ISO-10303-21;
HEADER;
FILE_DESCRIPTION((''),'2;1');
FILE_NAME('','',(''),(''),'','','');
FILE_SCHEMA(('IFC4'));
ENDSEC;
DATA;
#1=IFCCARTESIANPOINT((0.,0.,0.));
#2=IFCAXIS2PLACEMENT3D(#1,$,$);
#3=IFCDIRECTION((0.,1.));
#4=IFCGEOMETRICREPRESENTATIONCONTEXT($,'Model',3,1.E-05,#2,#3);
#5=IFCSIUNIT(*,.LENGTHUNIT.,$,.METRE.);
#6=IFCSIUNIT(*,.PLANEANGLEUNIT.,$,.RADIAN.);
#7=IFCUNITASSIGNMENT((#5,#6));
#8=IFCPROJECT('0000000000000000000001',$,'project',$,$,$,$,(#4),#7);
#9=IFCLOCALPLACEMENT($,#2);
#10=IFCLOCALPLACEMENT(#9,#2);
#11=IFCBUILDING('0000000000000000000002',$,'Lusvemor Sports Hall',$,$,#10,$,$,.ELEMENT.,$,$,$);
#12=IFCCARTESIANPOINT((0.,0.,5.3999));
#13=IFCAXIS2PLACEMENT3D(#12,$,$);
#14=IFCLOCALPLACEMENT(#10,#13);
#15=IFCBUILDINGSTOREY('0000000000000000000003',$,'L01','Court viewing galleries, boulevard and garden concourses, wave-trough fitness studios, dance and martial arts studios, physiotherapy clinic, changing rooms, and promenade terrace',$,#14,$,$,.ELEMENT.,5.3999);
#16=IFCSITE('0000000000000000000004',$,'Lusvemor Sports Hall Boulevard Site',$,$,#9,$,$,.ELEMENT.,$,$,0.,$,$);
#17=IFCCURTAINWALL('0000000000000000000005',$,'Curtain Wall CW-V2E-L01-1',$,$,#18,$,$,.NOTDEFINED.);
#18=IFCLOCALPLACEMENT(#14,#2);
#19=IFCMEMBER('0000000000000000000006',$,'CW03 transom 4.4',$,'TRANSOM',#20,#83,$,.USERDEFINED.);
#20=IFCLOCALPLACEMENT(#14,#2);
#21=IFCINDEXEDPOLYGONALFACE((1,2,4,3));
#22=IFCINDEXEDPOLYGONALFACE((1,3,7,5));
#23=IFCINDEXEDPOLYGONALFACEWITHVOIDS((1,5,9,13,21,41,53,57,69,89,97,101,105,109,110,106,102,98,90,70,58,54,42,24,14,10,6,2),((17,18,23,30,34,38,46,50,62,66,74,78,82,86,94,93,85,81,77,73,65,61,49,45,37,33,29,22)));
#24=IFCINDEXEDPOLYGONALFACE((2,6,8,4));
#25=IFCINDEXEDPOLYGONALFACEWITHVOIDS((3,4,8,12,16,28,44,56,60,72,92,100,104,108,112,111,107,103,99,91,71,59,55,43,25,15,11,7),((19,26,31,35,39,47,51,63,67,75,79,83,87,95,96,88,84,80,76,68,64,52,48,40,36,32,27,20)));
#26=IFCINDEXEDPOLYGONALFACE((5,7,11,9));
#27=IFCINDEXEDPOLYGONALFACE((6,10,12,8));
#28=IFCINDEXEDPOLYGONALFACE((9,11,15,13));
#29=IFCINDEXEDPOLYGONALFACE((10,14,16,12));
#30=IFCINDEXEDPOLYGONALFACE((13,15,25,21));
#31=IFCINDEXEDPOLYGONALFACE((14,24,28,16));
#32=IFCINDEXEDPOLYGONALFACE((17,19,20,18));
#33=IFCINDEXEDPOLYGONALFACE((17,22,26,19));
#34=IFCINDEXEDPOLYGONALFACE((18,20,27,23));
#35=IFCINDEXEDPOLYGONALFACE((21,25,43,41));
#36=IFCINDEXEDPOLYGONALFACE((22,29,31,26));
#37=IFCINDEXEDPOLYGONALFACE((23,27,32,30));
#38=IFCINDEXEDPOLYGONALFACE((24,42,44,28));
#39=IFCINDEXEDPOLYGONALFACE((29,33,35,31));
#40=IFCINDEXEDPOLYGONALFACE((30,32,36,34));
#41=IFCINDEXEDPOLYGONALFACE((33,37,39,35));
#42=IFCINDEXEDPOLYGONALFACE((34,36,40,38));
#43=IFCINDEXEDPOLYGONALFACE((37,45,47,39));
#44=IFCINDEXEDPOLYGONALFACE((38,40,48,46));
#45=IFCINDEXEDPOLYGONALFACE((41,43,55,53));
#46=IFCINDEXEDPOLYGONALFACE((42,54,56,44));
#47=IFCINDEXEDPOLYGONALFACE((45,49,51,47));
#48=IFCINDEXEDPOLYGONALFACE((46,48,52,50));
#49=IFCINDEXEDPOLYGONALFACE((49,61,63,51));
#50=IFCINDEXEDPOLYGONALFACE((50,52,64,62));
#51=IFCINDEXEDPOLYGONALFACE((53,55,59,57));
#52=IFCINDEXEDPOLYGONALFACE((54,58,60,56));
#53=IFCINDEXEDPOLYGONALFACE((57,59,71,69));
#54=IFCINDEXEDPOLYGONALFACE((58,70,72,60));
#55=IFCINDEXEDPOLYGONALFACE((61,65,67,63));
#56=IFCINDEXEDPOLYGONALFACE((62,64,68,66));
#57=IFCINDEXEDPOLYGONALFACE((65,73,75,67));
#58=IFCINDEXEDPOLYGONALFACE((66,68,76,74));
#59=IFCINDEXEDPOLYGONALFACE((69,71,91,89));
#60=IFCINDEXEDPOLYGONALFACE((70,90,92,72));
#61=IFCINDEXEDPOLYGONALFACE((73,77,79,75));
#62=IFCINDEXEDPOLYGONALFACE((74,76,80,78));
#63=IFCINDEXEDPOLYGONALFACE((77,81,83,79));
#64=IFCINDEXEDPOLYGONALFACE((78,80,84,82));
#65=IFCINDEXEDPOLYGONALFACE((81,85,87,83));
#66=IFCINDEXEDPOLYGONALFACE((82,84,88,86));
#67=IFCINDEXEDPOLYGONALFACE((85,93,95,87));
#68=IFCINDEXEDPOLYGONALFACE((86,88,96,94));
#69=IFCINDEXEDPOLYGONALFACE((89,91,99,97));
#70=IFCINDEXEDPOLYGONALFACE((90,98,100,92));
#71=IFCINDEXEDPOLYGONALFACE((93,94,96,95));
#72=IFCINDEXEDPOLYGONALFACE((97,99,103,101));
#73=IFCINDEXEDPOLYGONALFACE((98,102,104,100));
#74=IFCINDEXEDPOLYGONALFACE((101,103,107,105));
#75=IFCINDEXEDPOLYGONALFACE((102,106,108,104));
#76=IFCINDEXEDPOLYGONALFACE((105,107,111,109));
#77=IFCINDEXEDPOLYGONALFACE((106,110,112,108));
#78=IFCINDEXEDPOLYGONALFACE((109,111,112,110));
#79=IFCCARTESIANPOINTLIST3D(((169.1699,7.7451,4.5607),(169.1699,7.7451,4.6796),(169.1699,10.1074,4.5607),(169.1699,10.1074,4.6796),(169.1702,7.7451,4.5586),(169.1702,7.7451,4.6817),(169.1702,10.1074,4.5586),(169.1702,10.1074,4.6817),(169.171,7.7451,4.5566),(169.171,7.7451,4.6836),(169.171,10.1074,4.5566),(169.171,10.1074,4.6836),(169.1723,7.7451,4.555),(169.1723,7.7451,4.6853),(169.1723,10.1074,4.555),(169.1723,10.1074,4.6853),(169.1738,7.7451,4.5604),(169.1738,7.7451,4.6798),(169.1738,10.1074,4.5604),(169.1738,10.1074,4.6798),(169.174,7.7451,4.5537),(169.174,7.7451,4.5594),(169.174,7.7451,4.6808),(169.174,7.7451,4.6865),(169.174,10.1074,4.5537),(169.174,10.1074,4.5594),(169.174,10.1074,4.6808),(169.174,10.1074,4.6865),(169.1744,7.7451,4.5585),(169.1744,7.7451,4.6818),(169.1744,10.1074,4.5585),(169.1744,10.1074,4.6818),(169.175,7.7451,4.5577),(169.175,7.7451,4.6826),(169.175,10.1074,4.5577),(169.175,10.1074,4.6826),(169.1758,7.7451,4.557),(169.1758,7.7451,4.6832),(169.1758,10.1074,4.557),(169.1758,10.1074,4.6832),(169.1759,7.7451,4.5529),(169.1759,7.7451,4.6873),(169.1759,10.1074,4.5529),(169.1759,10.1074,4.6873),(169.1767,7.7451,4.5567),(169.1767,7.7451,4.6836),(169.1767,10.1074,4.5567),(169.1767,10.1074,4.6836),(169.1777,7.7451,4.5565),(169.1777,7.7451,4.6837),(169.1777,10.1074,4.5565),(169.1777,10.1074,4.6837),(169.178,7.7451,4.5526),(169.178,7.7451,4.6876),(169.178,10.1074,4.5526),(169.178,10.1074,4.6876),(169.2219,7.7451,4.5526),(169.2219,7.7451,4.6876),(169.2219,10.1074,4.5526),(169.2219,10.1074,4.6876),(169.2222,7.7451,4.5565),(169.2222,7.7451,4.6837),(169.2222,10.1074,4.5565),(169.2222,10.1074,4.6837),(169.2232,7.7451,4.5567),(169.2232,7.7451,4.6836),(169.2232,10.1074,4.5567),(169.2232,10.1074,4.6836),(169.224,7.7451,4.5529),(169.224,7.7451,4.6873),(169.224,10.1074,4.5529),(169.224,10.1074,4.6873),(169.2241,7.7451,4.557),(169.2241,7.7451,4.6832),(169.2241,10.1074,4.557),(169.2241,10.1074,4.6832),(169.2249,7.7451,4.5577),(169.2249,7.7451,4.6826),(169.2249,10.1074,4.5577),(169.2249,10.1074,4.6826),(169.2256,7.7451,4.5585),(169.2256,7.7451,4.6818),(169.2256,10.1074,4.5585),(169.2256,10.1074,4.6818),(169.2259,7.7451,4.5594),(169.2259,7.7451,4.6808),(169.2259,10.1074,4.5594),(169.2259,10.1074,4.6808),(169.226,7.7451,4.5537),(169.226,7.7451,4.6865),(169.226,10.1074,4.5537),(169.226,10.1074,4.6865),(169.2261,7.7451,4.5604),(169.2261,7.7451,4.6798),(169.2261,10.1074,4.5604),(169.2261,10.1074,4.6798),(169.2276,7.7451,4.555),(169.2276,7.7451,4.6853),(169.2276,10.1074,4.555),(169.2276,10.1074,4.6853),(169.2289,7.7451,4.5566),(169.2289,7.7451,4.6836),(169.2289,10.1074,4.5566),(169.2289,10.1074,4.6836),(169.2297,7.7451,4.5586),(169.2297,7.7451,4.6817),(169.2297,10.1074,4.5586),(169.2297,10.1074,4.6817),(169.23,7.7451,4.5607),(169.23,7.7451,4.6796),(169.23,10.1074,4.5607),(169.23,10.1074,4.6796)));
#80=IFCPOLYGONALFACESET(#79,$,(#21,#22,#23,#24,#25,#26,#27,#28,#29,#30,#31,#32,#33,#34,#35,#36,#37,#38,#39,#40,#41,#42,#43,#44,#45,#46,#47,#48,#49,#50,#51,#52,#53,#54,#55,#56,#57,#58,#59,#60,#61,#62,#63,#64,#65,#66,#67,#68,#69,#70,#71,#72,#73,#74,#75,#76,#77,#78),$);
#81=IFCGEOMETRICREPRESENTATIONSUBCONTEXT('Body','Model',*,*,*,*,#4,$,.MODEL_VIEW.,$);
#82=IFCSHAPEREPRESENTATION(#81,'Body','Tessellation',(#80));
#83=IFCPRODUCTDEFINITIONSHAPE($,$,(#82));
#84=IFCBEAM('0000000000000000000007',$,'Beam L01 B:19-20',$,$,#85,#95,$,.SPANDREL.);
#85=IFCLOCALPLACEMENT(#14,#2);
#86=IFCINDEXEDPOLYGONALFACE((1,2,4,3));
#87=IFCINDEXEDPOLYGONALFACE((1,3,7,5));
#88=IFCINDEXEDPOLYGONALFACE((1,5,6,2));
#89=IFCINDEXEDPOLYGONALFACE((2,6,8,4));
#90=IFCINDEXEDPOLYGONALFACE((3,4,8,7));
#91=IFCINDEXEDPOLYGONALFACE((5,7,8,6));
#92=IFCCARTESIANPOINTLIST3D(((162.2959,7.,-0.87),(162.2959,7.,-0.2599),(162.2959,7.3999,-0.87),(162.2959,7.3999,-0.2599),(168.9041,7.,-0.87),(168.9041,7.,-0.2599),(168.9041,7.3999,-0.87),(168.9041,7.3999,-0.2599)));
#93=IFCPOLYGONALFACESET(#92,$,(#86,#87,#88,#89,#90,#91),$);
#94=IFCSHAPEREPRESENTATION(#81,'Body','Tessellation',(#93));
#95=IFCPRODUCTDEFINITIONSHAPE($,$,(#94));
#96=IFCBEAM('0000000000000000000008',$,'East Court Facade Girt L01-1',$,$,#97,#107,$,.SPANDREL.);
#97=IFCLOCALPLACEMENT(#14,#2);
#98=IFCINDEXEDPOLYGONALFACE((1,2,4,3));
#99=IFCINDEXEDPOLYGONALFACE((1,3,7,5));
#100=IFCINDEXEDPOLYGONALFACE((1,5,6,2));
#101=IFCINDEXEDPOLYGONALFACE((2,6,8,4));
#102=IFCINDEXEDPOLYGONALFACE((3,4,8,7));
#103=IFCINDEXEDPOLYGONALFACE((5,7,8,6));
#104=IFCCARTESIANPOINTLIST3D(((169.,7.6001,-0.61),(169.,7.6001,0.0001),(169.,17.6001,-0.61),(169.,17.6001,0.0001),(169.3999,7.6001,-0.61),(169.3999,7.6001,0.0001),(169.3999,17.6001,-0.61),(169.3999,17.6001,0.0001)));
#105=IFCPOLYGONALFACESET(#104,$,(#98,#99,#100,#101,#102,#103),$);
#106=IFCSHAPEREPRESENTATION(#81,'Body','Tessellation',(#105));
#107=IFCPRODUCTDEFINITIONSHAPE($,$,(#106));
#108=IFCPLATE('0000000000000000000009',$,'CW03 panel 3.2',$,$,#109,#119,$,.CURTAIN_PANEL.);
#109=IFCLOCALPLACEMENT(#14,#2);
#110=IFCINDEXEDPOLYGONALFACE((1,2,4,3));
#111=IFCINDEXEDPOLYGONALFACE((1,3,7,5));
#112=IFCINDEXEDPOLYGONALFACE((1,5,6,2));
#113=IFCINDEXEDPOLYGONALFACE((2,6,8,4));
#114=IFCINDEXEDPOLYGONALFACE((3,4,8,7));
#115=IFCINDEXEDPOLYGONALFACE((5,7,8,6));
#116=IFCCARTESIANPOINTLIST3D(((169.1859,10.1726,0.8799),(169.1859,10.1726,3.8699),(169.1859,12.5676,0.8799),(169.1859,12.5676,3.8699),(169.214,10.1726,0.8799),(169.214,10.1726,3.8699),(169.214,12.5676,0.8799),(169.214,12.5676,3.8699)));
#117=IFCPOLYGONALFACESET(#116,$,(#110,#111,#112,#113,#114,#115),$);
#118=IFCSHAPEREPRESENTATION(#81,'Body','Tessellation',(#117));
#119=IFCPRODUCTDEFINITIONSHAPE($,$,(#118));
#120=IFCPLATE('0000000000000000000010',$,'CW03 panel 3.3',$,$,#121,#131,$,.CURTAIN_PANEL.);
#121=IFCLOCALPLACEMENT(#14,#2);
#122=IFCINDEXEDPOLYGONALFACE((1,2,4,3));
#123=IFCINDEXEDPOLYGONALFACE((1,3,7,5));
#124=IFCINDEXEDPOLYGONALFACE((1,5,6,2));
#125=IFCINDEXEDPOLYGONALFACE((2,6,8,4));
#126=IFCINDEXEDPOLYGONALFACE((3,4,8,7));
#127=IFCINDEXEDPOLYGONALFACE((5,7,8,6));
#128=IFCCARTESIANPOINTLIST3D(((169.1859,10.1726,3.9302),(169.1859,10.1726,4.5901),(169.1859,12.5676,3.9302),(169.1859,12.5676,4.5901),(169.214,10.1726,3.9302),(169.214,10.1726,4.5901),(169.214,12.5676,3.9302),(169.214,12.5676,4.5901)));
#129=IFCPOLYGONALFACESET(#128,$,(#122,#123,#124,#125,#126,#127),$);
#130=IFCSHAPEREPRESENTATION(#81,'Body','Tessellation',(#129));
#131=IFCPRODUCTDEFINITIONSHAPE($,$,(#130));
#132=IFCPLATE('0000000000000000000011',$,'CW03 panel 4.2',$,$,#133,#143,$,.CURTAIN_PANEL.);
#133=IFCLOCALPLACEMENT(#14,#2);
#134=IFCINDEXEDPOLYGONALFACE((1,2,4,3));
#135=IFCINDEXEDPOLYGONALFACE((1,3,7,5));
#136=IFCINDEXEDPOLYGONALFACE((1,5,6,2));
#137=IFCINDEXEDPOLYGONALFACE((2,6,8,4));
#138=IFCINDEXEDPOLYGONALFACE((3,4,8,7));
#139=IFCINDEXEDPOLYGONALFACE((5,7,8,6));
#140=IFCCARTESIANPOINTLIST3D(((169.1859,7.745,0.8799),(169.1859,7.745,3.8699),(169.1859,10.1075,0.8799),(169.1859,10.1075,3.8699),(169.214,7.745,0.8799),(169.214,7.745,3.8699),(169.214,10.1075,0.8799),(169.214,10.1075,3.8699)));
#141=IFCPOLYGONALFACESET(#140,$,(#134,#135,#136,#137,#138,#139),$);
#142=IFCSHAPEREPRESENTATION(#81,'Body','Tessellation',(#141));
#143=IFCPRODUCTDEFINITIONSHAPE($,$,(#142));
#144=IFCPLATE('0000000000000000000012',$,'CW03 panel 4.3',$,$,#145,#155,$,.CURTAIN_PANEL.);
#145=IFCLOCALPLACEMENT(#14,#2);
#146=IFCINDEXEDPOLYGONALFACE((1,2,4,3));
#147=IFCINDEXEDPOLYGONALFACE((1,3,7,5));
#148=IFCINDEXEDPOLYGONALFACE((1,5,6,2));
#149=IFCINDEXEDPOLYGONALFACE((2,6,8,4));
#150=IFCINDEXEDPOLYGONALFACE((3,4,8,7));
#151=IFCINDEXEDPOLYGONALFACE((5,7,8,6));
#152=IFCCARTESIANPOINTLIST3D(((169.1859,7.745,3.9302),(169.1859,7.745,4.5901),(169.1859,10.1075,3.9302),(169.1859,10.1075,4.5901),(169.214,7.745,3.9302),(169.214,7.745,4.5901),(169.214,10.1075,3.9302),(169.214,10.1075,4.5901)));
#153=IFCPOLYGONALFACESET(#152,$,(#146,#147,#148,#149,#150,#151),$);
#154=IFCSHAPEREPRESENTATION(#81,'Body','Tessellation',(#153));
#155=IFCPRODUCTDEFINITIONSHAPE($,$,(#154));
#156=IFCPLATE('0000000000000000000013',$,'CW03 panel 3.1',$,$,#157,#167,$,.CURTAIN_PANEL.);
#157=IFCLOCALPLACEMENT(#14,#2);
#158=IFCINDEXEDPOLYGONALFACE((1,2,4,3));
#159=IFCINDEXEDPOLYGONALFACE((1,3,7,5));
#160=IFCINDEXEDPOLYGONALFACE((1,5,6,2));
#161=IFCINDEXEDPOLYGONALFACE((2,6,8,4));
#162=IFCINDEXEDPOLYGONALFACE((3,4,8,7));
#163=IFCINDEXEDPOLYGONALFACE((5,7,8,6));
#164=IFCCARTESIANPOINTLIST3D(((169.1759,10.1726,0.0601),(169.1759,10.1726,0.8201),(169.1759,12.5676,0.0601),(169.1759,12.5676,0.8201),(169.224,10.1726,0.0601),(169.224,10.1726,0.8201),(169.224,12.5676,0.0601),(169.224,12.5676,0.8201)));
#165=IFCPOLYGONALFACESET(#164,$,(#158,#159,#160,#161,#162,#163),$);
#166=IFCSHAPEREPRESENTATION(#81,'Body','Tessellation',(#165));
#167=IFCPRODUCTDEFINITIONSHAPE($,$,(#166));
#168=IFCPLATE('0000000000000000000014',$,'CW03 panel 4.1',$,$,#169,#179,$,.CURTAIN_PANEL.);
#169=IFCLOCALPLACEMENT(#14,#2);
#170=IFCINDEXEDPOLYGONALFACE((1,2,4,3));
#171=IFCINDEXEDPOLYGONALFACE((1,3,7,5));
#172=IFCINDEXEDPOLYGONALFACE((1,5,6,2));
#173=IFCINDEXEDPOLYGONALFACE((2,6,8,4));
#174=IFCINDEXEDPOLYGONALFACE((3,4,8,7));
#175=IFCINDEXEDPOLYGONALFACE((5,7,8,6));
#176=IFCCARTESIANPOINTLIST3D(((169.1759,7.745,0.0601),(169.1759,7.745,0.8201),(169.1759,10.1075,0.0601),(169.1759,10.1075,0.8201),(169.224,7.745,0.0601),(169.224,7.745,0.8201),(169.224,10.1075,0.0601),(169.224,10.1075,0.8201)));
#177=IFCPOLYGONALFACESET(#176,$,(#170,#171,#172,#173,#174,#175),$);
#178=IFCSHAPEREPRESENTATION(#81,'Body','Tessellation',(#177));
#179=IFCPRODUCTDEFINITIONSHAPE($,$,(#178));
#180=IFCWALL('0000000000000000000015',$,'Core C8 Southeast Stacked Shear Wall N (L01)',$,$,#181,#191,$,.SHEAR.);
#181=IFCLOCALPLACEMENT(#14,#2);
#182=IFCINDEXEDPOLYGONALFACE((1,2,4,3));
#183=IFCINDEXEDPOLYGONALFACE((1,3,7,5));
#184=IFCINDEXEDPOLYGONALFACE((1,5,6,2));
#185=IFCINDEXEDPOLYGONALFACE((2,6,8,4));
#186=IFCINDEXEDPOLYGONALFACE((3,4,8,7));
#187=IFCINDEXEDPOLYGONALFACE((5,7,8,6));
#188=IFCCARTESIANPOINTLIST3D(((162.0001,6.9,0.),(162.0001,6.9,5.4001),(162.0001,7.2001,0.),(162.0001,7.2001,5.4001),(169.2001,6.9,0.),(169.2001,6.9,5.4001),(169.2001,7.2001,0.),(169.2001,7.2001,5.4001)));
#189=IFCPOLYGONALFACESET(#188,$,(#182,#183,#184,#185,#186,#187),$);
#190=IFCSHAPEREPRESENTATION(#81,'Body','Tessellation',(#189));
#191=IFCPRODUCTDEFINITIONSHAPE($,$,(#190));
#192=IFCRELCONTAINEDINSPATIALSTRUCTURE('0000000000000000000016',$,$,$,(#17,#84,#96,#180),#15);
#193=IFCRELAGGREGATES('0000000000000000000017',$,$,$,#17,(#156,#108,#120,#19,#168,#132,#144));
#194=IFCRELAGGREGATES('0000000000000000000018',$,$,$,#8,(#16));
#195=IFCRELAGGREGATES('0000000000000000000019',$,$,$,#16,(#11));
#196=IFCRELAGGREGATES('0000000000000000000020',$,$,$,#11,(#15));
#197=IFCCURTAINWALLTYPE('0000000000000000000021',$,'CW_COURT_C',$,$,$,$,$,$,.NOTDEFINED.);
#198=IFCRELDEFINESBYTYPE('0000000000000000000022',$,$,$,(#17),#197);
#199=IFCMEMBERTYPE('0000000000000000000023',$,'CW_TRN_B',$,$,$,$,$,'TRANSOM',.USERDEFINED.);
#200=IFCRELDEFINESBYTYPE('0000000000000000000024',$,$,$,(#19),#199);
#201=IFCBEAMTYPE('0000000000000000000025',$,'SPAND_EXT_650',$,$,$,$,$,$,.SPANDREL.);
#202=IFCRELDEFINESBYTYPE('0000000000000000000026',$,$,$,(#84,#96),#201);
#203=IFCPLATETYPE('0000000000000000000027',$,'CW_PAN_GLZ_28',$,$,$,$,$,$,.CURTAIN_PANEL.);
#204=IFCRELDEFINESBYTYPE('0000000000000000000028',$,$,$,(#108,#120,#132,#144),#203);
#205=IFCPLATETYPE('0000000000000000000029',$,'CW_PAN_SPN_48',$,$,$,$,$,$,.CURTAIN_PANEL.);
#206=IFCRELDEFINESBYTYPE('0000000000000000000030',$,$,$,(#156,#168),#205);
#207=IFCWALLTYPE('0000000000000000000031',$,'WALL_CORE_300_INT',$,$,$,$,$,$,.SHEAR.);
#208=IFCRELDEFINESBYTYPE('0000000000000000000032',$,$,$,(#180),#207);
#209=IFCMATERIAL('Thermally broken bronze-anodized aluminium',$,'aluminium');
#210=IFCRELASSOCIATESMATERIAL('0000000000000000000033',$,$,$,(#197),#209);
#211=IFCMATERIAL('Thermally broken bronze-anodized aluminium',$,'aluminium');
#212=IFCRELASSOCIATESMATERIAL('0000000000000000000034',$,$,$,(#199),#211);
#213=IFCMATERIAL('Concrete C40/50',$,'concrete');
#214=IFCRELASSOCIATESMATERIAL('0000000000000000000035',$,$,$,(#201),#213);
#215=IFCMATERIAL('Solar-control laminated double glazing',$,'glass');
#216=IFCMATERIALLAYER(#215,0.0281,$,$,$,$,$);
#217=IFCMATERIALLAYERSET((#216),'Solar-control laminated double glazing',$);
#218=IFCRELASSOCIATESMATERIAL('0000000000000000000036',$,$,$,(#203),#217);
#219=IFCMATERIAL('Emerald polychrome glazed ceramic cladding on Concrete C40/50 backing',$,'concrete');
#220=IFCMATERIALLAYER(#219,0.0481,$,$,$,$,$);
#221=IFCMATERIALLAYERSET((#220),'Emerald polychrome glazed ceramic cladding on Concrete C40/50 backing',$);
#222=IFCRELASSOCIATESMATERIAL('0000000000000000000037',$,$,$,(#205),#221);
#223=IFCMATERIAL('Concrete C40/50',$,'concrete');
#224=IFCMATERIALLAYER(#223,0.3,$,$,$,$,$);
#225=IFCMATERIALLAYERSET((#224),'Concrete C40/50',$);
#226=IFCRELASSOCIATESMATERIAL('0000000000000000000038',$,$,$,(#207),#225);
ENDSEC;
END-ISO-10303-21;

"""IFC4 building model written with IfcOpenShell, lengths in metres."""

from ifc_helpers import new_model, si_unit, direction, frame, frame_2d, origin, origin_2d, place, context, subcontext, project, spatial, rectangle, hollow_rectangle, extrude, material, layer, layer_set, material_profile, profile_set, type_object, element, aggregate, save


model = new_model("IFC4")

# Units and contexts
model_context = context("Model", 3, precision=1e-05, world=origin(), true_north=direction((0.0, 1.0)))
body_context = subcontext(model_context, "Body", "Model", "MODEL_VIEW")
ifc_project = project(units=[si_unit("LENGTHUNIT", "METRE"), si_unit("PLANEANGLEUNIT", "RADIAN")], contexts=[model_context])

# Site, building, storey
site_placement = place(None, origin())
site = spatial("IfcSite", under=ifc_project, at=site_placement, Name="Lusvemor Sports Hall Boulevard Site", CompositionType="ELEMENT", RefElevation=0.0)
building_placement = place(site_placement, origin())
building = spatial("IfcBuilding", under=site, at=building_placement, Name="Lusvemor Sports Hall", CompositionType="ELEMENT")
storey_placement = place(building_placement, frame((0.0, 0.0, 5.3999)))
storey = spatial("IfcBuildingStorey", under=building, at=storey_placement, Name="L01", Description="Court viewing galleries, boulevard and garden concourses, wave-trough fitness studios, dance and martial arts studios, physiotherapy clinic, changing rooms, and promenade terrace", CompositionType="ELEMENT", Elevation=5.3999)

# Curtain wall, member
ifc_material_1 = material(Name="Thermally broken bronze-anodized aluminium", Category="aluminium")
curtain_wall_type = type_object("IfcCurtainWallType", Name="CW_COURT_C", PredefinedType="NOTDEFINED", material=ifc_material_1)
curtain_wall_placement = place(storey_placement, origin())
curtain_wall = element("IfcCurtainWall", 1, at=curtain_wall_placement, inside=storey, type_object=curtain_wall_type, Name="Curtain Wall CW-V2E-L01-1", PredefinedType="NOTDEFINED")
ifc_material_2 = material(Name="Thermally broken bronze-anodized aluminium", Category="aluminium")
ifc_material_profile_1 = material_profile(ifc_material_2, hollow_rectangle(XDim=0.0601, YDim=0.135, WallThickness=0.0039, InnerFilletRadius=0.0039, OuterFilletRadius=0.0081, at=origin_2d()), Name="CWTRN135x60x4")
ifc_profile_set_1 = profile_set([ifc_material_profile_1], Name="Thermally broken bronze-anodized aluminium")
member_type_1 = type_object("IfcMemberType", Name="CW_TRN_B", ElementType="TRANSOM", PredefinedType="USERDEFINED", material=ifc_profile_set_1)
member_1_placement = place(storey_placement, frame((169.2, 10.1074, 4.6201), z_axis=(0.0, -1.0, 0.0), x_axis=(1.0, 0.0, 0.0)))
member_1 = element("IfcMember", 2, at=member_1_placement, type_object=member_type_1, Name="CW03 transom 4.4", ObjectType="TRANSOM", PredefinedType="USERDEFINED", context=body_context, shape_type="SweptSolid", body=[
    extrude(hollow_rectangle(XDim=0.0601, YDim=0.135, WallThickness=0.0039, InnerFilletRadius=0.0039, OuterFilletRadius=0.0081, at=origin_2d()), origin(), (0.0, 0.0, 1.0), 2.3623),
])

# Beams
ifc_material_3 = material(Name="Concrete C40/50", Category="concrete")
ifc_material_profile_2 = material_profile(ifc_material_3, rectangle(XDim=0.3999, YDim=0.6101, at=origin_2d()), Name="RC400x610")
ifc_profile_set_2 = profile_set([ifc_material_profile_2], Name="Concrete C40/50")
beam_type_1 = type_object("IfcBeamType", Name="SPAND_EXT_650", PredefinedType="SPANDREL", material=ifc_profile_set_2)
beam_1_placement = place(storey_placement, frame((162.2959, 7.2, -0.5649), z_axis=(1.0, 0.0, 0.0), x_axis=(0.0, 1.0, 0.0)))
element("IfcBeam", 3, at=beam_1_placement, inside=storey, type_object=beam_type_1, Name="Beam L01 B:19-20", PredefinedType="SPANDREL", context=body_context, shape_type="SweptSolid", body=[
    extrude(rectangle(XDim=0.3999, YDim=0.6101, at=origin_2d()), origin(), (0.0, 0.0, 1.0), 6.6082),
])
beam_2_placement = place(storey_placement, frame((169.2, 7.6001, -0.3049), z_axis=(0.0, 1.0, 0.0), x_axis=(-1.0, 0.0, 0.0)))
element("IfcBeam", 4, at=beam_2_placement, inside=storey, type_object=beam_type_1, Name="East Court Facade Girt L01-1", PredefinedType="SPANDREL", context=body_context, shape_type="SweptSolid", body=[
    extrude(rectangle(XDim=0.3999, YDim=0.6101, at=origin_2d()), origin(), (0.0, 0.0, 1.0), 10.0),
])

# Plates
ifc_material_4 = material(Name="Solar-control laminated double glazing", Category="glass")
ifc_layer_1 = layer(ifc_material_4, 0.0281)
ifc_layer_set_1 = layer_set([ifc_layer_1], Name="Solar-control laminated double glazing")
plate_type_1 = type_object("IfcPlateType", Name="CW_PAN_GLZ_28", PredefinedType="CURTAIN_PANEL", material=ifc_layer_set_1)
plate_1_placement = place(storey_placement, frame((169.2, 11.3701, 0.8799), z_axis=(0.0, 0.0, 1.0), x_axis=(0.0, -1.0, 0.0)))
plate_1 = element("IfcPlate", 5, at=plate_1_placement, type_object=plate_type_1, Name="CW03 panel 3.2", PredefinedType="CURTAIN_PANEL", context=body_context, shape_type="SweptSolid", body=[
    extrude(rectangle(XDim=2.395, YDim=0.0281, at=origin_2d()), origin(), (0.0, 0.0, 1.0), 2.99),
])
plate_2_placement = place(storey_placement, frame((169.2, 11.3701, 3.9302), z_axis=(0.0, 0.0, 1.0), x_axis=(0.0, -1.0, 0.0)))
plate_2 = element("IfcPlate", 6, at=plate_2_placement, type_object=plate_type_1, Name="CW03 panel 3.3", PredefinedType="CURTAIN_PANEL", context=body_context, shape_type="SweptSolid", body=[
    extrude(rectangle(XDim=2.395, YDim=0.0281, at=origin_2d()), origin(), (0.0, 0.0, 1.0), 0.6599),
])
plate_3_placement = place(storey_placement, frame((169.2, 8.9263, 0.8799), z_axis=(0.0, 0.0, 1.0), x_axis=(0.0, -1.0, 0.0)))
plate_3 = element("IfcPlate", 7, at=plate_3_placement, type_object=plate_type_1, Name="CW03 panel 4.2", PredefinedType="CURTAIN_PANEL", context=body_context, shape_type="SweptSolid", body=[
    extrude(rectangle(XDim=2.3625, YDim=0.0281, at=origin_2d()), origin(), (0.0, 0.0, 1.0), 2.99),
])
plate_4_placement = place(storey_placement, frame((169.2, 8.9263, 3.9302), z_axis=(0.0, 0.0, 1.0), x_axis=(0.0, -1.0, 0.0)))
plate_4 = element("IfcPlate", 8, at=plate_4_placement, type_object=plate_type_1, Name="CW03 panel 4.3", PredefinedType="CURTAIN_PANEL", context=body_context, shape_type="SweptSolid", body=[
    extrude(rectangle(XDim=2.3625, YDim=0.0281, at=origin_2d()), origin(), (0.0, 0.0, 1.0), 0.6599),
])
ifc_material_5 = material(Name="Emerald polychrome glazed ceramic cladding on Concrete C40/50 backing", Category="concrete")
ifc_layer_2 = layer(ifc_material_5, 0.0481)
ifc_layer_set_2 = layer_set([ifc_layer_2], Name="Emerald polychrome glazed ceramic cladding on Concrete C40/50 backing")
plate_type_2 = type_object("IfcPlateType", Name="CW_PAN_SPN_48", PredefinedType="CURTAIN_PANEL", material=ifc_layer_set_2)
plate_5_placement = place(storey_placement, frame((169.2, 11.3701, 0.0601), z_axis=(0.0, 0.0, 1.0), x_axis=(0.0, -1.0, 0.0)))
plate_5 = element("IfcPlate", 9, at=plate_5_placement, type_object=plate_type_2, Name="CW03 panel 3.1", PredefinedType="CURTAIN_PANEL", context=body_context, shape_type="SweptSolid", body=[
    extrude(rectangle(XDim=2.395, YDim=0.0481, at=origin_2d()), origin(), (0.0, 0.0, 1.0), 0.76),
])
plate_6_placement = place(storey_placement, frame((169.2, 8.9263, 0.0601), z_axis=(0.0, 0.0, 1.0), x_axis=(0.0, -1.0, 0.0)))
plate_6 = element("IfcPlate", 10, at=plate_6_placement, type_object=plate_type_2, Name="CW03 panel 4.1", PredefinedType="CURTAIN_PANEL", context=body_context, shape_type="SweptSolid", body=[
    extrude(rectangle(XDim=2.3625, YDim=0.0481, at=origin_2d()), origin(), (0.0, 0.0, 1.0), 0.76),
])
aggregate(curtain_wall, [plate_5, plate_1, plate_2, member_1, plate_6, plate_3, plate_4])

# Wall
ifc_material_6 = material(Name="Concrete C40/50", Category="concrete")
ifc_layer_3 = layer(ifc_material_6, 0.3)
ifc_layer_set_3 = layer_set([ifc_layer_3], Name="Concrete C40/50")
wall_type = type_object("IfcWallType", Name="WALL_CORE_300_INT", PredefinedType="SHEAR", material=ifc_layer_set_3)
wall_1_placement = place(storey_placement, frame((162.0, 7.05, 0.0), z_axis=(0.0, 0.0, 1.0), x_axis=(1.0, 0.0, 0.0)))
element("IfcWall", 11, at=wall_1_placement, inside=storey, type_object=wall_type, Name="Core C8 Southeast Stacked Shear Wall N (L01)", PredefinedType="SHEAR", context=body_context, shape_type="SweptSolid", body=[
    extrude(rectangle(XDim=7.2, YDim=0.3, at=frame_2d((3.6001, 0.0))), origin(), (0.0, 0.0, 1.0), 5.4001),
])

save(model, "model.ifc")
